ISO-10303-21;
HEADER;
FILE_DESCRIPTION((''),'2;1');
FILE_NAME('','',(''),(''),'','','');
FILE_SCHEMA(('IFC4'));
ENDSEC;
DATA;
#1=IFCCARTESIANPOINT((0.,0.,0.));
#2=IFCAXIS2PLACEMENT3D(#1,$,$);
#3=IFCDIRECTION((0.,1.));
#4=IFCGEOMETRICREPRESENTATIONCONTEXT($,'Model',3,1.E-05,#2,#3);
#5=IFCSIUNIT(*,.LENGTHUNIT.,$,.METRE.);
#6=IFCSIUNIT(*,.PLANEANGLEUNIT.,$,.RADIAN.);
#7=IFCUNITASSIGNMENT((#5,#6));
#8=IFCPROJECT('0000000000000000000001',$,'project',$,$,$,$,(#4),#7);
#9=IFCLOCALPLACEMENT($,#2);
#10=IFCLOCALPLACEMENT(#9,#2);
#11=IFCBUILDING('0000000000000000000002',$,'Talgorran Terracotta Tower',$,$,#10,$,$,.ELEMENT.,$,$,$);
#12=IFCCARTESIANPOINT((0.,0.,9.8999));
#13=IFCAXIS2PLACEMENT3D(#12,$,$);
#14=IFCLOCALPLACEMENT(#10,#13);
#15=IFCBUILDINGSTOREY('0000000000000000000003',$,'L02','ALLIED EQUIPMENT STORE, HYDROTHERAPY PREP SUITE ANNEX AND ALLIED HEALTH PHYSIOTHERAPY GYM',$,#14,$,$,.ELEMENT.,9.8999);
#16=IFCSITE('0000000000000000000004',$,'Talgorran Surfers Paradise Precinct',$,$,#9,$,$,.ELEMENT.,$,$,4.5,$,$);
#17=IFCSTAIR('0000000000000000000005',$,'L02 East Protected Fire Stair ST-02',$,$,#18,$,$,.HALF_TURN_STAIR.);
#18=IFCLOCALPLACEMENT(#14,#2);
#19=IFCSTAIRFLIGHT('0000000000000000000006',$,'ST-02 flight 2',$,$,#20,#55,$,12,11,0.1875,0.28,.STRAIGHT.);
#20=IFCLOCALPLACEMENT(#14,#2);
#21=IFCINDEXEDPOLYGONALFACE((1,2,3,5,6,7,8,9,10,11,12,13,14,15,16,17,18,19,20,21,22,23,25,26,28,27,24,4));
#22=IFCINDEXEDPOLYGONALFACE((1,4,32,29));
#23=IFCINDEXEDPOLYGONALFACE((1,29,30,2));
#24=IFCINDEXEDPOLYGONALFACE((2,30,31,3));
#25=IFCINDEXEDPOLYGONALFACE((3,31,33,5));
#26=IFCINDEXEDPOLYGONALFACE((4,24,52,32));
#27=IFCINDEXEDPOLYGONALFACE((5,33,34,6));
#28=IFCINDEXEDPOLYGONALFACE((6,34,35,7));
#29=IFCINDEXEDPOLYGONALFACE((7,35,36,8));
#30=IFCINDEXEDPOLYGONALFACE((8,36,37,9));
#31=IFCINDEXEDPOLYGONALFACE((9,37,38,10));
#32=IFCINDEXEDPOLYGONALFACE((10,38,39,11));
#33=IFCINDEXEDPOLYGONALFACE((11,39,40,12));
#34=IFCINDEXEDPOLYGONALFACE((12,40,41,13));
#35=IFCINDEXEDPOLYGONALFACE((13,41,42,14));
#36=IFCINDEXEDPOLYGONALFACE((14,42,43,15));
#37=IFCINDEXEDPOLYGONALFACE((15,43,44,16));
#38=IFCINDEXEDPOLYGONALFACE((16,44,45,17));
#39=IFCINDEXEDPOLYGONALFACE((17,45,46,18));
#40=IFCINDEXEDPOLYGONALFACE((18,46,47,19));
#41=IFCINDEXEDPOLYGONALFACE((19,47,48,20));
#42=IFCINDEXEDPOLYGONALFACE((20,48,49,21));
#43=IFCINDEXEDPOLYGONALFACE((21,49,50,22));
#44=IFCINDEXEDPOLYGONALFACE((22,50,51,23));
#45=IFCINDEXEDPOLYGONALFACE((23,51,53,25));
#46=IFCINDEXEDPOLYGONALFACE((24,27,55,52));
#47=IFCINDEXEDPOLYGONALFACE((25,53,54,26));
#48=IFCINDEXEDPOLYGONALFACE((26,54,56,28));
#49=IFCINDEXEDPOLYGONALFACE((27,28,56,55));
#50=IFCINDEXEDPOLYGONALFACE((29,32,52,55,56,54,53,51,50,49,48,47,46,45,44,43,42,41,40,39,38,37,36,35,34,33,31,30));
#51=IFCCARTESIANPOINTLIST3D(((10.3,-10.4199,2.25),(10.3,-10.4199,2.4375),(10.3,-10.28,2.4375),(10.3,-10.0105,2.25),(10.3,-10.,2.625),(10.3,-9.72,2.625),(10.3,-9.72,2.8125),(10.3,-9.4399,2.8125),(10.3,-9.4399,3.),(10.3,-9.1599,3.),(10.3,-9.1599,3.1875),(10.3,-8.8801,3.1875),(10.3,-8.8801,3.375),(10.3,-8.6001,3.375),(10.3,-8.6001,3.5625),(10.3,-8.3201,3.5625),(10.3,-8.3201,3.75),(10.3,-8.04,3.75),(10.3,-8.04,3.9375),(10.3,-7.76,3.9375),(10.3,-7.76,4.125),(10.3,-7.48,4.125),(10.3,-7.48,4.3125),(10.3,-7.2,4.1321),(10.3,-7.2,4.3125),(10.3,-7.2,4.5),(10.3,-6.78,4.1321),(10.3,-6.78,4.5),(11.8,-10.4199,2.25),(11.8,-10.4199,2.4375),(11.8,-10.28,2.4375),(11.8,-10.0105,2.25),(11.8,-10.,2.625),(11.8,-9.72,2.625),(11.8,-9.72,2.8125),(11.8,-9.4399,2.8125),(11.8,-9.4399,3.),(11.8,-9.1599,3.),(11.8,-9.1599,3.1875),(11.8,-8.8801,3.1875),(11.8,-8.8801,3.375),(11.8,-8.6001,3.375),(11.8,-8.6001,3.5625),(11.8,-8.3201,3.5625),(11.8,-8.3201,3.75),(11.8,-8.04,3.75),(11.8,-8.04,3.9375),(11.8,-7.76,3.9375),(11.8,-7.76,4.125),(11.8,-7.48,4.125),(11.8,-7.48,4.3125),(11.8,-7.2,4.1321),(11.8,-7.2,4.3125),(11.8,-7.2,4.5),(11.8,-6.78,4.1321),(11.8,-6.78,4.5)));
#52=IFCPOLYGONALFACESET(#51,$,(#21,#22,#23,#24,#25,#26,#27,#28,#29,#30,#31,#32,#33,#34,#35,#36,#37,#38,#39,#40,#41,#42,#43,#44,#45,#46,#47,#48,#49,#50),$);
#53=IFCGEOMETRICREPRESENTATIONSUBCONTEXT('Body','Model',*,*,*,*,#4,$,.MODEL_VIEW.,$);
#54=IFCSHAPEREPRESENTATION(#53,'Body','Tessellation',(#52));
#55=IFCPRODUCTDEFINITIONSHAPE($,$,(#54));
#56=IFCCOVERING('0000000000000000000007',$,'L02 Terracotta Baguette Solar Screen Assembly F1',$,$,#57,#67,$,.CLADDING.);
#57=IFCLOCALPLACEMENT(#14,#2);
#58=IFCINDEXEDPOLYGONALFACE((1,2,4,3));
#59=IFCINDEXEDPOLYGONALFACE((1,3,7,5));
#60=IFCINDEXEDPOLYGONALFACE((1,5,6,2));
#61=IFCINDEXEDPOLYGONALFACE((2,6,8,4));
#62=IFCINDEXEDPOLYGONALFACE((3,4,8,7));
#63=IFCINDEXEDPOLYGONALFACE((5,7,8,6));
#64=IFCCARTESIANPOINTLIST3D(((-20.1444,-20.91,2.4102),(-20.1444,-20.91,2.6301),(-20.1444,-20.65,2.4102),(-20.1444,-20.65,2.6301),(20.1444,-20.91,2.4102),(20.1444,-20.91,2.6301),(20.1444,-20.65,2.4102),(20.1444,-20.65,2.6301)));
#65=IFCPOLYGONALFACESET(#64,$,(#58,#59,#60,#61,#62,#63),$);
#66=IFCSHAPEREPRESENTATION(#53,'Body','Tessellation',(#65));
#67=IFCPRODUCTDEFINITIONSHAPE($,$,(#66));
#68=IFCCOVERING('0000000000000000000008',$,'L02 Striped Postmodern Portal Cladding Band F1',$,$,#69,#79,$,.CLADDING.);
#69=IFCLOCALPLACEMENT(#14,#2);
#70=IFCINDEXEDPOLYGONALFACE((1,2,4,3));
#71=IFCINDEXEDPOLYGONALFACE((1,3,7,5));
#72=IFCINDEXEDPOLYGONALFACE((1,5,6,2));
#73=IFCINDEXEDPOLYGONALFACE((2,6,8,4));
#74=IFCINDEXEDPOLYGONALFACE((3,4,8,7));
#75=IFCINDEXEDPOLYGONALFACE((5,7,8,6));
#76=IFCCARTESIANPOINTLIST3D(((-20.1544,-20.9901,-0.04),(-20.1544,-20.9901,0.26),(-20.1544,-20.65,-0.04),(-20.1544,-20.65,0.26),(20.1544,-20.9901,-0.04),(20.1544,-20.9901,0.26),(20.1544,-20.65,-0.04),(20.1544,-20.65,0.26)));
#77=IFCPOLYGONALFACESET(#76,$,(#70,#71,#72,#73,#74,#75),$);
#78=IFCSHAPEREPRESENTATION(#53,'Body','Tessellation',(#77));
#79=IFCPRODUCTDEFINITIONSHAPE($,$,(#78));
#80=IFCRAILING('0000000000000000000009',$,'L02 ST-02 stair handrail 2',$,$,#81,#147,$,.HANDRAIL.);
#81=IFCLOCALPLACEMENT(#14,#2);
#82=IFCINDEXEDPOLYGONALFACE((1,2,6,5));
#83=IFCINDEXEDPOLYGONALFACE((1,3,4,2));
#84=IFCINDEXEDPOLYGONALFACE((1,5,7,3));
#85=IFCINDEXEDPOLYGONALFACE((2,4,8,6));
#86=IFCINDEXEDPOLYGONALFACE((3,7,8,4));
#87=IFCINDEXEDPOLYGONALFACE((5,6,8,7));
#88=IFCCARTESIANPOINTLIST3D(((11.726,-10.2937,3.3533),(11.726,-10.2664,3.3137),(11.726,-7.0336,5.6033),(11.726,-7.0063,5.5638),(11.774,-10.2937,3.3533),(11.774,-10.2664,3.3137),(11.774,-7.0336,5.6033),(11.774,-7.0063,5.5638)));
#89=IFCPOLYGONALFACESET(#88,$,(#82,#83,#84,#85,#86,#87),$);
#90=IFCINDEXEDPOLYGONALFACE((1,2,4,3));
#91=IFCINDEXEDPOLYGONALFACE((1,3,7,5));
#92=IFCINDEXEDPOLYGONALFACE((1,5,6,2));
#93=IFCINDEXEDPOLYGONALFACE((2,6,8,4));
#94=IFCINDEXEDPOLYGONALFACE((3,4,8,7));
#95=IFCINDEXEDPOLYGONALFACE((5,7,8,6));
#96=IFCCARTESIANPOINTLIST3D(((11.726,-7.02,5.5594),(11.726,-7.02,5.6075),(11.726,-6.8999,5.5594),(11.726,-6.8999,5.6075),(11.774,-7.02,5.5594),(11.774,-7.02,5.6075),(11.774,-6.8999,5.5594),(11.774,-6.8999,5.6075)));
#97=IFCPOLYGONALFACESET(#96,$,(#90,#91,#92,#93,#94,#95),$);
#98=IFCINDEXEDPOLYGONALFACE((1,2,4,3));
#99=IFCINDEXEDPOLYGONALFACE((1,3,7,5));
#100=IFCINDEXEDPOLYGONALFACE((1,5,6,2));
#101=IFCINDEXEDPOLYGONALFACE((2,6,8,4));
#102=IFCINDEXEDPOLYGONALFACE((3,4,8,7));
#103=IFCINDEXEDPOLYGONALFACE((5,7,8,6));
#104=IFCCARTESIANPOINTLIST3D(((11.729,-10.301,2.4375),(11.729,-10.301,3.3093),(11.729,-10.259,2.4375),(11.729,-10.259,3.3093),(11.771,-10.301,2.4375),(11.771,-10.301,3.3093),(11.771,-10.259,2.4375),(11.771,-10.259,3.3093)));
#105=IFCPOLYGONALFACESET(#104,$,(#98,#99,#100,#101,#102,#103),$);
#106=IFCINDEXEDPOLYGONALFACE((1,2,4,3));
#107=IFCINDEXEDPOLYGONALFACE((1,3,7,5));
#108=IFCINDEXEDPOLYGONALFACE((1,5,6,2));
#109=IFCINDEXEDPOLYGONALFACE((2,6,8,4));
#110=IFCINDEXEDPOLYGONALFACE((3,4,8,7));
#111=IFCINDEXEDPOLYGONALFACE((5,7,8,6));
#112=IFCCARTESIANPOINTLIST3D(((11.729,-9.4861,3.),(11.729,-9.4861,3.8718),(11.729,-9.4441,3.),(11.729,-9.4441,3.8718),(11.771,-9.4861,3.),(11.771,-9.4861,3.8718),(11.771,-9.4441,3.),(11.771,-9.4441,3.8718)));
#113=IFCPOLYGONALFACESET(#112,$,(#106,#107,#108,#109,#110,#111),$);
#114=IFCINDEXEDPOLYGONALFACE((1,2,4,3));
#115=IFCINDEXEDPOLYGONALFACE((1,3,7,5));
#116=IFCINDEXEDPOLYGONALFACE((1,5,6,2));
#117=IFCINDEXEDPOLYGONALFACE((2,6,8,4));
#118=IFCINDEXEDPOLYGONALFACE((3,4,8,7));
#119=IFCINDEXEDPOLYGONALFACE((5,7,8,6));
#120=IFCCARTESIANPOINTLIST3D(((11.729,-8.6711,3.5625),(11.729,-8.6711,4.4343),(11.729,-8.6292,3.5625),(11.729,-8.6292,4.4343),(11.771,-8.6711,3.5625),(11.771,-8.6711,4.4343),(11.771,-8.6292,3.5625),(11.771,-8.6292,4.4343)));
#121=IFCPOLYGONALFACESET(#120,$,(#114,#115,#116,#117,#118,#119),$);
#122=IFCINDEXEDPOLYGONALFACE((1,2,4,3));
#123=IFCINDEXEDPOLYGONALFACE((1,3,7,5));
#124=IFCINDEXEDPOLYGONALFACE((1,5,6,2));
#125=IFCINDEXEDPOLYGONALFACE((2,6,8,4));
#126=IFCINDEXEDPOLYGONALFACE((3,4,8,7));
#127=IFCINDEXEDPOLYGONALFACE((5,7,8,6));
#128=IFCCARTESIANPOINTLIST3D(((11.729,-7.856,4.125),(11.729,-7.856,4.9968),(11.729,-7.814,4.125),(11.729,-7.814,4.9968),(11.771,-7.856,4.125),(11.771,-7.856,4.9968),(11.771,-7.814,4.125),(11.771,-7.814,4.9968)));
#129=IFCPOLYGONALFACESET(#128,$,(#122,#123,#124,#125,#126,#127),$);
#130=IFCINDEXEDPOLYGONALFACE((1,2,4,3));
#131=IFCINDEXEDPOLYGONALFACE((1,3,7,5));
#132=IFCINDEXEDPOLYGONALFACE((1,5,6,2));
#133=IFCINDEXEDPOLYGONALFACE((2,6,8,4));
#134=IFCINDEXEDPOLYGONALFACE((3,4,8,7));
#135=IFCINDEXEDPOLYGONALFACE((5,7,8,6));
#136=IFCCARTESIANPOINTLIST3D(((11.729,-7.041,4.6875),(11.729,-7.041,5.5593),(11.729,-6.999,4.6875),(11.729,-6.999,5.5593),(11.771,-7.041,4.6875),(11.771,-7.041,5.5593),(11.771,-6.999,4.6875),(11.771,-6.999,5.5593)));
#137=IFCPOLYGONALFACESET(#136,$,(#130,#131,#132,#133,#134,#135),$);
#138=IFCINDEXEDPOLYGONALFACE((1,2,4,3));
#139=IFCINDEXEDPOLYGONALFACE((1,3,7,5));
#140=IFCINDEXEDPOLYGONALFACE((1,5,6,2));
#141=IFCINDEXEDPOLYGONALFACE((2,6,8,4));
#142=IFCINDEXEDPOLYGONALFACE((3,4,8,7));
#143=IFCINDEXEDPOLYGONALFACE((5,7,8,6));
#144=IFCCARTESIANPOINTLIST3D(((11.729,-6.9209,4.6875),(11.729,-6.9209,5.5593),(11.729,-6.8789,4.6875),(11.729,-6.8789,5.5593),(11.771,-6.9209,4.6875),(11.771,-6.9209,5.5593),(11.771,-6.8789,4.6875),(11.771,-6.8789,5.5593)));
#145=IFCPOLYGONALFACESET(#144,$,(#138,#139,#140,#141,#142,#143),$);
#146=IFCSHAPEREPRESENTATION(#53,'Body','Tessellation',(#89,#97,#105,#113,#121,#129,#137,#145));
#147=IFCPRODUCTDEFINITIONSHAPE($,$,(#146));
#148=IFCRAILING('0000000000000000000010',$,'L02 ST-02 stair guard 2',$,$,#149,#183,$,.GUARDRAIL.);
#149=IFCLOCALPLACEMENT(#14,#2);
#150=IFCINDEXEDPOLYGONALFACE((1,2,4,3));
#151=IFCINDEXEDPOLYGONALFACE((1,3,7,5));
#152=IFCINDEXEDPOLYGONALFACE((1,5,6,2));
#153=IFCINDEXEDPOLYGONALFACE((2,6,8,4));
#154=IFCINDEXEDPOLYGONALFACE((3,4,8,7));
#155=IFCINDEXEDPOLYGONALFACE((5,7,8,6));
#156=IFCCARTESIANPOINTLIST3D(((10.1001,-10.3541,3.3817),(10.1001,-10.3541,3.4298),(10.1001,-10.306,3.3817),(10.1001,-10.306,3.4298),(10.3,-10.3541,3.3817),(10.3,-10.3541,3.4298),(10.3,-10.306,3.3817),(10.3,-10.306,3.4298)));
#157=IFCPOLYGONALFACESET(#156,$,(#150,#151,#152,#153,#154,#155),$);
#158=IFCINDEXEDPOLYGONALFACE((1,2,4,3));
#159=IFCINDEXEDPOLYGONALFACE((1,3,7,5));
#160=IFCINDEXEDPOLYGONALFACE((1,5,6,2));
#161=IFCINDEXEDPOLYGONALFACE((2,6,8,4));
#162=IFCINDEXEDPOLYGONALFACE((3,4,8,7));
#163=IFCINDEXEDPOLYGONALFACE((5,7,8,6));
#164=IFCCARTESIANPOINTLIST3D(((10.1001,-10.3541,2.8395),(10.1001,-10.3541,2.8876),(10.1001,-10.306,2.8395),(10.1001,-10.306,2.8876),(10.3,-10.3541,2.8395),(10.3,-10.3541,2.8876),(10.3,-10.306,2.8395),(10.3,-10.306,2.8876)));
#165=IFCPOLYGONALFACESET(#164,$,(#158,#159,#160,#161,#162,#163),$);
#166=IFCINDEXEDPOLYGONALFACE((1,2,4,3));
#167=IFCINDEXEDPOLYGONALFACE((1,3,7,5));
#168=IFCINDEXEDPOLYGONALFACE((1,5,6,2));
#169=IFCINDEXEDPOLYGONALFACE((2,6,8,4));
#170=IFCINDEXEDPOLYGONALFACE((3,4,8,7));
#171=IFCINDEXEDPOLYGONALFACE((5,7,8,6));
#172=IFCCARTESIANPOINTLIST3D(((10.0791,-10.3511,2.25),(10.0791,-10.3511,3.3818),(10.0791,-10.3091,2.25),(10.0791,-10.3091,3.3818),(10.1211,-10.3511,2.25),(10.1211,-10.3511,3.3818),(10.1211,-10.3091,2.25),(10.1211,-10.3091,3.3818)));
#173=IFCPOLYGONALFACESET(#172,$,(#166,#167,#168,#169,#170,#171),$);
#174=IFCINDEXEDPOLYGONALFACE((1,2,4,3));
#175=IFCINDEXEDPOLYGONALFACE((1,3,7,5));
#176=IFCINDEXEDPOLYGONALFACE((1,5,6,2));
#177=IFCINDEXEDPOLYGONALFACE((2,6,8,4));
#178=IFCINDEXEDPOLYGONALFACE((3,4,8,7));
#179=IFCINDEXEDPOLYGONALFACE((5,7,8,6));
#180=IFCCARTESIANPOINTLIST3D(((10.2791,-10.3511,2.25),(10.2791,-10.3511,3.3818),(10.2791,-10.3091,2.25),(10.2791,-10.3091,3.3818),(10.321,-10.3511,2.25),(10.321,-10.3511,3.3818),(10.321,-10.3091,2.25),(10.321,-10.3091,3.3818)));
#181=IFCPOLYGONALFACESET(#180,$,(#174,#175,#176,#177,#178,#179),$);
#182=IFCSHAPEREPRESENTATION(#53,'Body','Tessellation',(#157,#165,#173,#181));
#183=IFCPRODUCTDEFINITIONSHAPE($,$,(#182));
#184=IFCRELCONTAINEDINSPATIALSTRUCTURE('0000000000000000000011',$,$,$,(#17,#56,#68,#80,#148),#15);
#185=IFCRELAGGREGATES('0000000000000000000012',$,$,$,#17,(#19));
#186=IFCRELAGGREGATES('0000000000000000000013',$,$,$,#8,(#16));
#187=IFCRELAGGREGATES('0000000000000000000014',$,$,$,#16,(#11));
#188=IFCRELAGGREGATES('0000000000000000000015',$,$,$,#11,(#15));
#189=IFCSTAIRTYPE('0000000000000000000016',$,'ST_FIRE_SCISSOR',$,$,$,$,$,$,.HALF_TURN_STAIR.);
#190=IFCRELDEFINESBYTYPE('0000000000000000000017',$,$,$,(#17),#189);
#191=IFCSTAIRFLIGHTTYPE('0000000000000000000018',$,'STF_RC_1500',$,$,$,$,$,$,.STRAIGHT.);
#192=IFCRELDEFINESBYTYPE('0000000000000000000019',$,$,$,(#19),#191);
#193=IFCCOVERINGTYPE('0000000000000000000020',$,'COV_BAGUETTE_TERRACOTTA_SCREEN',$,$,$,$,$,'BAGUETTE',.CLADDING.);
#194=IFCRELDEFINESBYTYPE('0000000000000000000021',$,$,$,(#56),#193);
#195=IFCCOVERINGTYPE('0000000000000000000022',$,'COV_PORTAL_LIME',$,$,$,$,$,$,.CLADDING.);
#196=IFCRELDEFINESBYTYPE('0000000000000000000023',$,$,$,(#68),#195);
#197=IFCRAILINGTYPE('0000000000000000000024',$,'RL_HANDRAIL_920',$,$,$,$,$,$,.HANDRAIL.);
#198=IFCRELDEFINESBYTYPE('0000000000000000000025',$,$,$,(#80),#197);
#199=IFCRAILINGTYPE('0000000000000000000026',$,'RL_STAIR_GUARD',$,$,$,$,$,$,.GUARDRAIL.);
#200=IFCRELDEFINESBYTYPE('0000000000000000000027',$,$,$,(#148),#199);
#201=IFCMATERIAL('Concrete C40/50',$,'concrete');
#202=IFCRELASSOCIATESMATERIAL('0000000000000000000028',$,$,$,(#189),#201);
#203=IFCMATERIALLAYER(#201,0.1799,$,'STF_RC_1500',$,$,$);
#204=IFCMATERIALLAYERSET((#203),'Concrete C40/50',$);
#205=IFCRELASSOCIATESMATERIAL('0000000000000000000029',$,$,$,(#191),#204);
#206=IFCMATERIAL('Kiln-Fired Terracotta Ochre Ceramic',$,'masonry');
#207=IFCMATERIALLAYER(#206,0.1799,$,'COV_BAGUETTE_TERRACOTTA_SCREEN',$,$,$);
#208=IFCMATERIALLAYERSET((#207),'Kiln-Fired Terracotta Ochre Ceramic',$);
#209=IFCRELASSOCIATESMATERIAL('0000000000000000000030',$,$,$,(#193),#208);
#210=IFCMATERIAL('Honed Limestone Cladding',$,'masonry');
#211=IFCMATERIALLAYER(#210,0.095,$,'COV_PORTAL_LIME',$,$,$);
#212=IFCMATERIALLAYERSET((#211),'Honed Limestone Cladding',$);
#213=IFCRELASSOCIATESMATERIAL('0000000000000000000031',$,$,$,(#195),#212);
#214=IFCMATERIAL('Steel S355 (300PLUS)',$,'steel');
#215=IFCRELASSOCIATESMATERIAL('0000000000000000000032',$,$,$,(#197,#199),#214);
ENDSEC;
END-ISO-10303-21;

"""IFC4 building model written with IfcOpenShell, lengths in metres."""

from ifc_helpers import new_model, si_unit, direction, frame, origin, origin_2d, place, context, subcontext, project, spatial, polyline, rectangle, outline, extrude, material, layer, layer_set, type_object, element, aggregate, save


model = new_model("IFC4")

# Units and contexts
model_context = context("Model", 3, precision=1e-05, world=origin(), true_north=direction((0.0, 1.0)))
body_context = subcontext(model_context, "Body", "Model", "MODEL_VIEW")
ifc_project = project(units=[si_unit("LENGTHUNIT", "METRE"), si_unit("PLANEANGLEUNIT", "RADIAN")], contexts=[model_context])

# Site, building, storey
site_placement = place(None, origin())
site = spatial("IfcSite", under=ifc_project, at=site_placement, Name="Talgorran Surfers Paradise Precinct", CompositionType="ELEMENT", RefElevation=4.5)
building_placement = place(site_placement, origin())
building = spatial("IfcBuilding", under=site, at=building_placement, Name="Talgorran Terracotta Tower", CompositionType="ELEMENT")
storey_placement = place(building_placement, frame((0.0, 0.0, 9.8999)))
storey = spatial("IfcBuildingStorey", under=building, at=storey_placement, Name="L02", Description="ALLIED EQUIPMENT STORE, HYDROTHERAPY PREP SUITE ANNEX AND ALLIED HEALTH PHYSIOTHERAPY GYM", CompositionType="ELEMENT", Elevation=9.8999)

# Shared definitions
ifc_material_1 = material(Name="Steel S355 (300PLUS)", Category="steel")

# Stair, stair flight
ifc_material_2 = material(Name="Concrete C40/50", Category="concrete")
stair_type = type_object("IfcStairType", Name="ST_FIRE_SCISSOR", PredefinedType="HALF_TURN_STAIR", material=ifc_material_2)
stair_placement = place(storey_placement, origin())
stair = element("IfcStair", 1, at=stair_placement, inside=storey, type_object=stair_type, Name="L02 East Protected Fire Stair ST-02", PredefinedType="HALF_TURN_STAIR")
ifc_layer_1 = layer(ifc_material_2, 0.1799, Name="STF_RC_1500")
ifc_layer_set_1 = layer_set([ifc_layer_1], Name="Concrete C40/50")
stair_flight_type = type_object("IfcStairFlightType", Name="STF_RC_1500", PredefinedType="STRAIGHT", material=ifc_layer_set_1)
stair_flight_placement = place(storey_placement, frame((11.05, -10.28, 2.25), z_axis=(0.0, 0.0, 1.0), x_axis=(0.0, 1.0, 0.0)))
stair_flight = element("IfcStairFlight", 2, at=stair_flight_placement, type_object=stair_flight_type, Name="ST-02 flight 2", NumberOfRisers=12, NumberOfTreads=11, PredefinedType="STRAIGHT", RiserHeight=0.1875, TreadLength=0.28, context=body_context, shape_type="SweptSolid", body=[
    extrude(outline(polyline([(-0.1399, 0.0), (-0.1399, 0.1875), (0.0, 0.1875), (0.28, 0.375), (0.5601, 0.375), (0.5601, 0.5625), (0.8401, 0.5625), (0.8401, 0.75), (1.1201, 0.75), (1.1201, 0.9375), (1.3999, 0.9375), (1.3999, 1.125), (1.6799, 1.125), (1.6799, 1.3125), (1.96, 1.3125), (1.96, 1.5), (2.24, 1.5), (2.24, 1.6875), (2.52, 1.6875), (2.52, 1.875), (2.8, 1.875), (2.8, 2.0625), (3.0801, 2.0625), (3.0801, 2.25), (3.5, 2.25), (3.5, 1.8821), (3.0801, 1.8821), (0.2695, 0.0), (-0.1399, 0.0)])), frame((0.0, 0.75, 0.0), z_axis=(0.0, -1.0, 0.0), x_axis=(1.0, 0.0, 0.0)), (0.0, 0.0, 1.0), 1.5),
])
aggregate(stair, [stair_flight])

# Coverings
ifc_material_3 = material(Name="Kiln-Fired Terracotta Ochre Ceramic", Category="masonry")
ifc_layer_2 = layer(ifc_material_3, 0.1799, Name="COV_BAGUETTE_TERRACOTTA_SCREEN")
ifc_layer_set_2 = layer_set([ifc_layer_2], Name="Kiln-Fired Terracotta Ochre Ceramic")
covering_type_1 = type_object("IfcCoveringType", Name="COV_BAGUETTE_TERRACOTTA_SCREEN", ElementType="BAGUETTE", PredefinedType="CLADDING", material=ifc_layer_set_2)
covering_1_placement = place(storey_placement, frame((0.0, -20.78, 2.4102), z_axis=(0.0, 0.0, 1.0), x_axis=(1.0, 0.0, 0.0)))
element("IfcCovering", 3, at=covering_1_placement, inside=storey, type_object=covering_type_1, Name="L02 Terracotta Baguette Solar Screen Assembly F1", PredefinedType="CLADDING", context=body_context, shape_type="SweptSolid", body=[
    extrude(rectangle(XDim=40.2888, YDim=0.26, at=origin_2d()), origin(), (0.0, 0.0, 1.0), 0.22),
])
ifc_material_4 = material(Name="Honed Limestone Cladding", Category="masonry")
ifc_layer_3 = layer(ifc_material_4, 0.095, Name="COV_PORTAL_LIME")
ifc_layer_set_3 = layer_set([ifc_layer_3], Name="Honed Limestone Cladding")
covering_type_2 = type_object("IfcCoveringType", Name="COV_PORTAL_LIME", PredefinedType="CLADDING", material=ifc_layer_set_3)
covering_2_placement = place(storey_placement, frame((0.0, -20.8201, -0.04), z_axis=(0.0, 0.0, 1.0), x_axis=(1.0, 0.0, 0.0)))
element("IfcCovering", 4, at=covering_2_placement, inside=storey, type_object=covering_type_2, Name="L02 Striped Postmodern Portal Cladding Band F1", PredefinedType="CLADDING", context=body_context, shape_type="SweptSolid", body=[
    extrude(rectangle(XDim=40.3088, YDim=0.3401, at=origin_2d()), origin(), (0.0, 0.0, 1.0), 0.3),
])

# Railings
railing_type_1 = type_object("IfcRailingType", Name="RL_HANDRAIL_920", PredefinedType="HANDRAIL", material=ifc_material_1)
railing_1_placement = place(storey_placement, frame((11.75, -10.28, 2.4375)))
element("IfcRailing", 5, at=railing_1_placement, inside=storey, type_object=railing_type_1, Name="L02 ST-02 stair handrail 2", PredefinedType="HANDRAIL", context=body_context, shape_type="SweptSolid", body=[
    extrude(rectangle(XDim=0.0481, YDim=0.0481, at=origin_2d()), frame((0.0, 0.0, 0.896), z_axis=(0.0, 0.82301, 0.568027), x_axis=(-1.0, 0.0, 0.0)), (0.0, 0.0, 1.0), 3.9612),
    extrude(rectangle(XDim=0.0481, YDim=0.0481, at=origin_2d()), frame((0.0, 3.26, 3.146), z_axis=(0.0, 1.0, 0.0), x_axis=(-1.0, 0.0, 0.0)), (0.0, 0.0, 1.0), 0.1201),
    extrude(rectangle(XDim=0.042, YDim=0.042, at=origin_2d()), origin(), (0.0, 0.0, 1.0), 0.8718),
    extrude(rectangle(XDim=0.042, YDim=0.042, at=origin_2d()), frame((0.0, 0.8149, 0.5625)), (0.0, 0.0, 1.0), 0.8718),
    extrude(rectangle(XDim=0.042, YDim=0.042, at=origin_2d()), frame((0.0, 1.6299, 1.125)), (0.0, 0.0, 1.0), 0.8718),
    extrude(rectangle(XDim=0.042, YDim=0.042, at=origin_2d()), frame((0.0, 2.4451, 1.6875)), (0.0, 0.0, 1.0), 0.8718),
    extrude(rectangle(XDim=0.042, YDim=0.042, at=origin_2d()), frame((0.0, 3.26, 2.25)), (0.0, 0.0, 1.0), 0.8718),
    extrude(rectangle(XDim=0.042, YDim=0.042, at=origin_2d()), frame((0.0, 3.3801, 2.25)), (0.0, 0.0, 1.0), 0.8718),
])
railing_type_2 = type_object("IfcRailingType", Name="RL_STAIR_GUARD", PredefinedType="GUARDRAIL", material=ifc_material_1)
railing_2_placement = place(storey_placement, frame((10.1001, -10.3301, 2.25)))
element("IfcRailing", 6, at=railing_2_placement, inside=storey, type_object=railing_type_2, Name="L02 ST-02 stair guard 2", PredefinedType="GUARDRAIL", context=body_context, shape_type="SweptSolid", body=[
    extrude(rectangle(XDim=0.0481, YDim=0.0481, at=origin_2d()), frame((0.0, 0.0, 1.1558), z_axis=(1.0, 0.0, 0.0), x_axis=(0.0, 1.0, 0.0)), (0.0, 0.0, 1.0), 0.2),
    extrude(rectangle(XDim=0.0481, YDim=0.0481, at=origin_2d()), frame((0.0, 0.0, 0.6135), z_axis=(1.0, 0.0, 0.0), x_axis=(0.0, 1.0, 0.0)), (0.0, 0.0, 1.0), 0.2),
    extrude(rectangle(XDim=0.042, YDim=0.042, at=origin_2d()), origin(), (0.0, 0.0, 1.0), 1.1318),
    extrude(rectangle(XDim=0.042, YDim=0.042, at=origin_2d()), frame((0.2, 0.0, 0.0)), (0.0, 0.0, 1.0), 1.1318),
])

save(model, "model.ifc")
